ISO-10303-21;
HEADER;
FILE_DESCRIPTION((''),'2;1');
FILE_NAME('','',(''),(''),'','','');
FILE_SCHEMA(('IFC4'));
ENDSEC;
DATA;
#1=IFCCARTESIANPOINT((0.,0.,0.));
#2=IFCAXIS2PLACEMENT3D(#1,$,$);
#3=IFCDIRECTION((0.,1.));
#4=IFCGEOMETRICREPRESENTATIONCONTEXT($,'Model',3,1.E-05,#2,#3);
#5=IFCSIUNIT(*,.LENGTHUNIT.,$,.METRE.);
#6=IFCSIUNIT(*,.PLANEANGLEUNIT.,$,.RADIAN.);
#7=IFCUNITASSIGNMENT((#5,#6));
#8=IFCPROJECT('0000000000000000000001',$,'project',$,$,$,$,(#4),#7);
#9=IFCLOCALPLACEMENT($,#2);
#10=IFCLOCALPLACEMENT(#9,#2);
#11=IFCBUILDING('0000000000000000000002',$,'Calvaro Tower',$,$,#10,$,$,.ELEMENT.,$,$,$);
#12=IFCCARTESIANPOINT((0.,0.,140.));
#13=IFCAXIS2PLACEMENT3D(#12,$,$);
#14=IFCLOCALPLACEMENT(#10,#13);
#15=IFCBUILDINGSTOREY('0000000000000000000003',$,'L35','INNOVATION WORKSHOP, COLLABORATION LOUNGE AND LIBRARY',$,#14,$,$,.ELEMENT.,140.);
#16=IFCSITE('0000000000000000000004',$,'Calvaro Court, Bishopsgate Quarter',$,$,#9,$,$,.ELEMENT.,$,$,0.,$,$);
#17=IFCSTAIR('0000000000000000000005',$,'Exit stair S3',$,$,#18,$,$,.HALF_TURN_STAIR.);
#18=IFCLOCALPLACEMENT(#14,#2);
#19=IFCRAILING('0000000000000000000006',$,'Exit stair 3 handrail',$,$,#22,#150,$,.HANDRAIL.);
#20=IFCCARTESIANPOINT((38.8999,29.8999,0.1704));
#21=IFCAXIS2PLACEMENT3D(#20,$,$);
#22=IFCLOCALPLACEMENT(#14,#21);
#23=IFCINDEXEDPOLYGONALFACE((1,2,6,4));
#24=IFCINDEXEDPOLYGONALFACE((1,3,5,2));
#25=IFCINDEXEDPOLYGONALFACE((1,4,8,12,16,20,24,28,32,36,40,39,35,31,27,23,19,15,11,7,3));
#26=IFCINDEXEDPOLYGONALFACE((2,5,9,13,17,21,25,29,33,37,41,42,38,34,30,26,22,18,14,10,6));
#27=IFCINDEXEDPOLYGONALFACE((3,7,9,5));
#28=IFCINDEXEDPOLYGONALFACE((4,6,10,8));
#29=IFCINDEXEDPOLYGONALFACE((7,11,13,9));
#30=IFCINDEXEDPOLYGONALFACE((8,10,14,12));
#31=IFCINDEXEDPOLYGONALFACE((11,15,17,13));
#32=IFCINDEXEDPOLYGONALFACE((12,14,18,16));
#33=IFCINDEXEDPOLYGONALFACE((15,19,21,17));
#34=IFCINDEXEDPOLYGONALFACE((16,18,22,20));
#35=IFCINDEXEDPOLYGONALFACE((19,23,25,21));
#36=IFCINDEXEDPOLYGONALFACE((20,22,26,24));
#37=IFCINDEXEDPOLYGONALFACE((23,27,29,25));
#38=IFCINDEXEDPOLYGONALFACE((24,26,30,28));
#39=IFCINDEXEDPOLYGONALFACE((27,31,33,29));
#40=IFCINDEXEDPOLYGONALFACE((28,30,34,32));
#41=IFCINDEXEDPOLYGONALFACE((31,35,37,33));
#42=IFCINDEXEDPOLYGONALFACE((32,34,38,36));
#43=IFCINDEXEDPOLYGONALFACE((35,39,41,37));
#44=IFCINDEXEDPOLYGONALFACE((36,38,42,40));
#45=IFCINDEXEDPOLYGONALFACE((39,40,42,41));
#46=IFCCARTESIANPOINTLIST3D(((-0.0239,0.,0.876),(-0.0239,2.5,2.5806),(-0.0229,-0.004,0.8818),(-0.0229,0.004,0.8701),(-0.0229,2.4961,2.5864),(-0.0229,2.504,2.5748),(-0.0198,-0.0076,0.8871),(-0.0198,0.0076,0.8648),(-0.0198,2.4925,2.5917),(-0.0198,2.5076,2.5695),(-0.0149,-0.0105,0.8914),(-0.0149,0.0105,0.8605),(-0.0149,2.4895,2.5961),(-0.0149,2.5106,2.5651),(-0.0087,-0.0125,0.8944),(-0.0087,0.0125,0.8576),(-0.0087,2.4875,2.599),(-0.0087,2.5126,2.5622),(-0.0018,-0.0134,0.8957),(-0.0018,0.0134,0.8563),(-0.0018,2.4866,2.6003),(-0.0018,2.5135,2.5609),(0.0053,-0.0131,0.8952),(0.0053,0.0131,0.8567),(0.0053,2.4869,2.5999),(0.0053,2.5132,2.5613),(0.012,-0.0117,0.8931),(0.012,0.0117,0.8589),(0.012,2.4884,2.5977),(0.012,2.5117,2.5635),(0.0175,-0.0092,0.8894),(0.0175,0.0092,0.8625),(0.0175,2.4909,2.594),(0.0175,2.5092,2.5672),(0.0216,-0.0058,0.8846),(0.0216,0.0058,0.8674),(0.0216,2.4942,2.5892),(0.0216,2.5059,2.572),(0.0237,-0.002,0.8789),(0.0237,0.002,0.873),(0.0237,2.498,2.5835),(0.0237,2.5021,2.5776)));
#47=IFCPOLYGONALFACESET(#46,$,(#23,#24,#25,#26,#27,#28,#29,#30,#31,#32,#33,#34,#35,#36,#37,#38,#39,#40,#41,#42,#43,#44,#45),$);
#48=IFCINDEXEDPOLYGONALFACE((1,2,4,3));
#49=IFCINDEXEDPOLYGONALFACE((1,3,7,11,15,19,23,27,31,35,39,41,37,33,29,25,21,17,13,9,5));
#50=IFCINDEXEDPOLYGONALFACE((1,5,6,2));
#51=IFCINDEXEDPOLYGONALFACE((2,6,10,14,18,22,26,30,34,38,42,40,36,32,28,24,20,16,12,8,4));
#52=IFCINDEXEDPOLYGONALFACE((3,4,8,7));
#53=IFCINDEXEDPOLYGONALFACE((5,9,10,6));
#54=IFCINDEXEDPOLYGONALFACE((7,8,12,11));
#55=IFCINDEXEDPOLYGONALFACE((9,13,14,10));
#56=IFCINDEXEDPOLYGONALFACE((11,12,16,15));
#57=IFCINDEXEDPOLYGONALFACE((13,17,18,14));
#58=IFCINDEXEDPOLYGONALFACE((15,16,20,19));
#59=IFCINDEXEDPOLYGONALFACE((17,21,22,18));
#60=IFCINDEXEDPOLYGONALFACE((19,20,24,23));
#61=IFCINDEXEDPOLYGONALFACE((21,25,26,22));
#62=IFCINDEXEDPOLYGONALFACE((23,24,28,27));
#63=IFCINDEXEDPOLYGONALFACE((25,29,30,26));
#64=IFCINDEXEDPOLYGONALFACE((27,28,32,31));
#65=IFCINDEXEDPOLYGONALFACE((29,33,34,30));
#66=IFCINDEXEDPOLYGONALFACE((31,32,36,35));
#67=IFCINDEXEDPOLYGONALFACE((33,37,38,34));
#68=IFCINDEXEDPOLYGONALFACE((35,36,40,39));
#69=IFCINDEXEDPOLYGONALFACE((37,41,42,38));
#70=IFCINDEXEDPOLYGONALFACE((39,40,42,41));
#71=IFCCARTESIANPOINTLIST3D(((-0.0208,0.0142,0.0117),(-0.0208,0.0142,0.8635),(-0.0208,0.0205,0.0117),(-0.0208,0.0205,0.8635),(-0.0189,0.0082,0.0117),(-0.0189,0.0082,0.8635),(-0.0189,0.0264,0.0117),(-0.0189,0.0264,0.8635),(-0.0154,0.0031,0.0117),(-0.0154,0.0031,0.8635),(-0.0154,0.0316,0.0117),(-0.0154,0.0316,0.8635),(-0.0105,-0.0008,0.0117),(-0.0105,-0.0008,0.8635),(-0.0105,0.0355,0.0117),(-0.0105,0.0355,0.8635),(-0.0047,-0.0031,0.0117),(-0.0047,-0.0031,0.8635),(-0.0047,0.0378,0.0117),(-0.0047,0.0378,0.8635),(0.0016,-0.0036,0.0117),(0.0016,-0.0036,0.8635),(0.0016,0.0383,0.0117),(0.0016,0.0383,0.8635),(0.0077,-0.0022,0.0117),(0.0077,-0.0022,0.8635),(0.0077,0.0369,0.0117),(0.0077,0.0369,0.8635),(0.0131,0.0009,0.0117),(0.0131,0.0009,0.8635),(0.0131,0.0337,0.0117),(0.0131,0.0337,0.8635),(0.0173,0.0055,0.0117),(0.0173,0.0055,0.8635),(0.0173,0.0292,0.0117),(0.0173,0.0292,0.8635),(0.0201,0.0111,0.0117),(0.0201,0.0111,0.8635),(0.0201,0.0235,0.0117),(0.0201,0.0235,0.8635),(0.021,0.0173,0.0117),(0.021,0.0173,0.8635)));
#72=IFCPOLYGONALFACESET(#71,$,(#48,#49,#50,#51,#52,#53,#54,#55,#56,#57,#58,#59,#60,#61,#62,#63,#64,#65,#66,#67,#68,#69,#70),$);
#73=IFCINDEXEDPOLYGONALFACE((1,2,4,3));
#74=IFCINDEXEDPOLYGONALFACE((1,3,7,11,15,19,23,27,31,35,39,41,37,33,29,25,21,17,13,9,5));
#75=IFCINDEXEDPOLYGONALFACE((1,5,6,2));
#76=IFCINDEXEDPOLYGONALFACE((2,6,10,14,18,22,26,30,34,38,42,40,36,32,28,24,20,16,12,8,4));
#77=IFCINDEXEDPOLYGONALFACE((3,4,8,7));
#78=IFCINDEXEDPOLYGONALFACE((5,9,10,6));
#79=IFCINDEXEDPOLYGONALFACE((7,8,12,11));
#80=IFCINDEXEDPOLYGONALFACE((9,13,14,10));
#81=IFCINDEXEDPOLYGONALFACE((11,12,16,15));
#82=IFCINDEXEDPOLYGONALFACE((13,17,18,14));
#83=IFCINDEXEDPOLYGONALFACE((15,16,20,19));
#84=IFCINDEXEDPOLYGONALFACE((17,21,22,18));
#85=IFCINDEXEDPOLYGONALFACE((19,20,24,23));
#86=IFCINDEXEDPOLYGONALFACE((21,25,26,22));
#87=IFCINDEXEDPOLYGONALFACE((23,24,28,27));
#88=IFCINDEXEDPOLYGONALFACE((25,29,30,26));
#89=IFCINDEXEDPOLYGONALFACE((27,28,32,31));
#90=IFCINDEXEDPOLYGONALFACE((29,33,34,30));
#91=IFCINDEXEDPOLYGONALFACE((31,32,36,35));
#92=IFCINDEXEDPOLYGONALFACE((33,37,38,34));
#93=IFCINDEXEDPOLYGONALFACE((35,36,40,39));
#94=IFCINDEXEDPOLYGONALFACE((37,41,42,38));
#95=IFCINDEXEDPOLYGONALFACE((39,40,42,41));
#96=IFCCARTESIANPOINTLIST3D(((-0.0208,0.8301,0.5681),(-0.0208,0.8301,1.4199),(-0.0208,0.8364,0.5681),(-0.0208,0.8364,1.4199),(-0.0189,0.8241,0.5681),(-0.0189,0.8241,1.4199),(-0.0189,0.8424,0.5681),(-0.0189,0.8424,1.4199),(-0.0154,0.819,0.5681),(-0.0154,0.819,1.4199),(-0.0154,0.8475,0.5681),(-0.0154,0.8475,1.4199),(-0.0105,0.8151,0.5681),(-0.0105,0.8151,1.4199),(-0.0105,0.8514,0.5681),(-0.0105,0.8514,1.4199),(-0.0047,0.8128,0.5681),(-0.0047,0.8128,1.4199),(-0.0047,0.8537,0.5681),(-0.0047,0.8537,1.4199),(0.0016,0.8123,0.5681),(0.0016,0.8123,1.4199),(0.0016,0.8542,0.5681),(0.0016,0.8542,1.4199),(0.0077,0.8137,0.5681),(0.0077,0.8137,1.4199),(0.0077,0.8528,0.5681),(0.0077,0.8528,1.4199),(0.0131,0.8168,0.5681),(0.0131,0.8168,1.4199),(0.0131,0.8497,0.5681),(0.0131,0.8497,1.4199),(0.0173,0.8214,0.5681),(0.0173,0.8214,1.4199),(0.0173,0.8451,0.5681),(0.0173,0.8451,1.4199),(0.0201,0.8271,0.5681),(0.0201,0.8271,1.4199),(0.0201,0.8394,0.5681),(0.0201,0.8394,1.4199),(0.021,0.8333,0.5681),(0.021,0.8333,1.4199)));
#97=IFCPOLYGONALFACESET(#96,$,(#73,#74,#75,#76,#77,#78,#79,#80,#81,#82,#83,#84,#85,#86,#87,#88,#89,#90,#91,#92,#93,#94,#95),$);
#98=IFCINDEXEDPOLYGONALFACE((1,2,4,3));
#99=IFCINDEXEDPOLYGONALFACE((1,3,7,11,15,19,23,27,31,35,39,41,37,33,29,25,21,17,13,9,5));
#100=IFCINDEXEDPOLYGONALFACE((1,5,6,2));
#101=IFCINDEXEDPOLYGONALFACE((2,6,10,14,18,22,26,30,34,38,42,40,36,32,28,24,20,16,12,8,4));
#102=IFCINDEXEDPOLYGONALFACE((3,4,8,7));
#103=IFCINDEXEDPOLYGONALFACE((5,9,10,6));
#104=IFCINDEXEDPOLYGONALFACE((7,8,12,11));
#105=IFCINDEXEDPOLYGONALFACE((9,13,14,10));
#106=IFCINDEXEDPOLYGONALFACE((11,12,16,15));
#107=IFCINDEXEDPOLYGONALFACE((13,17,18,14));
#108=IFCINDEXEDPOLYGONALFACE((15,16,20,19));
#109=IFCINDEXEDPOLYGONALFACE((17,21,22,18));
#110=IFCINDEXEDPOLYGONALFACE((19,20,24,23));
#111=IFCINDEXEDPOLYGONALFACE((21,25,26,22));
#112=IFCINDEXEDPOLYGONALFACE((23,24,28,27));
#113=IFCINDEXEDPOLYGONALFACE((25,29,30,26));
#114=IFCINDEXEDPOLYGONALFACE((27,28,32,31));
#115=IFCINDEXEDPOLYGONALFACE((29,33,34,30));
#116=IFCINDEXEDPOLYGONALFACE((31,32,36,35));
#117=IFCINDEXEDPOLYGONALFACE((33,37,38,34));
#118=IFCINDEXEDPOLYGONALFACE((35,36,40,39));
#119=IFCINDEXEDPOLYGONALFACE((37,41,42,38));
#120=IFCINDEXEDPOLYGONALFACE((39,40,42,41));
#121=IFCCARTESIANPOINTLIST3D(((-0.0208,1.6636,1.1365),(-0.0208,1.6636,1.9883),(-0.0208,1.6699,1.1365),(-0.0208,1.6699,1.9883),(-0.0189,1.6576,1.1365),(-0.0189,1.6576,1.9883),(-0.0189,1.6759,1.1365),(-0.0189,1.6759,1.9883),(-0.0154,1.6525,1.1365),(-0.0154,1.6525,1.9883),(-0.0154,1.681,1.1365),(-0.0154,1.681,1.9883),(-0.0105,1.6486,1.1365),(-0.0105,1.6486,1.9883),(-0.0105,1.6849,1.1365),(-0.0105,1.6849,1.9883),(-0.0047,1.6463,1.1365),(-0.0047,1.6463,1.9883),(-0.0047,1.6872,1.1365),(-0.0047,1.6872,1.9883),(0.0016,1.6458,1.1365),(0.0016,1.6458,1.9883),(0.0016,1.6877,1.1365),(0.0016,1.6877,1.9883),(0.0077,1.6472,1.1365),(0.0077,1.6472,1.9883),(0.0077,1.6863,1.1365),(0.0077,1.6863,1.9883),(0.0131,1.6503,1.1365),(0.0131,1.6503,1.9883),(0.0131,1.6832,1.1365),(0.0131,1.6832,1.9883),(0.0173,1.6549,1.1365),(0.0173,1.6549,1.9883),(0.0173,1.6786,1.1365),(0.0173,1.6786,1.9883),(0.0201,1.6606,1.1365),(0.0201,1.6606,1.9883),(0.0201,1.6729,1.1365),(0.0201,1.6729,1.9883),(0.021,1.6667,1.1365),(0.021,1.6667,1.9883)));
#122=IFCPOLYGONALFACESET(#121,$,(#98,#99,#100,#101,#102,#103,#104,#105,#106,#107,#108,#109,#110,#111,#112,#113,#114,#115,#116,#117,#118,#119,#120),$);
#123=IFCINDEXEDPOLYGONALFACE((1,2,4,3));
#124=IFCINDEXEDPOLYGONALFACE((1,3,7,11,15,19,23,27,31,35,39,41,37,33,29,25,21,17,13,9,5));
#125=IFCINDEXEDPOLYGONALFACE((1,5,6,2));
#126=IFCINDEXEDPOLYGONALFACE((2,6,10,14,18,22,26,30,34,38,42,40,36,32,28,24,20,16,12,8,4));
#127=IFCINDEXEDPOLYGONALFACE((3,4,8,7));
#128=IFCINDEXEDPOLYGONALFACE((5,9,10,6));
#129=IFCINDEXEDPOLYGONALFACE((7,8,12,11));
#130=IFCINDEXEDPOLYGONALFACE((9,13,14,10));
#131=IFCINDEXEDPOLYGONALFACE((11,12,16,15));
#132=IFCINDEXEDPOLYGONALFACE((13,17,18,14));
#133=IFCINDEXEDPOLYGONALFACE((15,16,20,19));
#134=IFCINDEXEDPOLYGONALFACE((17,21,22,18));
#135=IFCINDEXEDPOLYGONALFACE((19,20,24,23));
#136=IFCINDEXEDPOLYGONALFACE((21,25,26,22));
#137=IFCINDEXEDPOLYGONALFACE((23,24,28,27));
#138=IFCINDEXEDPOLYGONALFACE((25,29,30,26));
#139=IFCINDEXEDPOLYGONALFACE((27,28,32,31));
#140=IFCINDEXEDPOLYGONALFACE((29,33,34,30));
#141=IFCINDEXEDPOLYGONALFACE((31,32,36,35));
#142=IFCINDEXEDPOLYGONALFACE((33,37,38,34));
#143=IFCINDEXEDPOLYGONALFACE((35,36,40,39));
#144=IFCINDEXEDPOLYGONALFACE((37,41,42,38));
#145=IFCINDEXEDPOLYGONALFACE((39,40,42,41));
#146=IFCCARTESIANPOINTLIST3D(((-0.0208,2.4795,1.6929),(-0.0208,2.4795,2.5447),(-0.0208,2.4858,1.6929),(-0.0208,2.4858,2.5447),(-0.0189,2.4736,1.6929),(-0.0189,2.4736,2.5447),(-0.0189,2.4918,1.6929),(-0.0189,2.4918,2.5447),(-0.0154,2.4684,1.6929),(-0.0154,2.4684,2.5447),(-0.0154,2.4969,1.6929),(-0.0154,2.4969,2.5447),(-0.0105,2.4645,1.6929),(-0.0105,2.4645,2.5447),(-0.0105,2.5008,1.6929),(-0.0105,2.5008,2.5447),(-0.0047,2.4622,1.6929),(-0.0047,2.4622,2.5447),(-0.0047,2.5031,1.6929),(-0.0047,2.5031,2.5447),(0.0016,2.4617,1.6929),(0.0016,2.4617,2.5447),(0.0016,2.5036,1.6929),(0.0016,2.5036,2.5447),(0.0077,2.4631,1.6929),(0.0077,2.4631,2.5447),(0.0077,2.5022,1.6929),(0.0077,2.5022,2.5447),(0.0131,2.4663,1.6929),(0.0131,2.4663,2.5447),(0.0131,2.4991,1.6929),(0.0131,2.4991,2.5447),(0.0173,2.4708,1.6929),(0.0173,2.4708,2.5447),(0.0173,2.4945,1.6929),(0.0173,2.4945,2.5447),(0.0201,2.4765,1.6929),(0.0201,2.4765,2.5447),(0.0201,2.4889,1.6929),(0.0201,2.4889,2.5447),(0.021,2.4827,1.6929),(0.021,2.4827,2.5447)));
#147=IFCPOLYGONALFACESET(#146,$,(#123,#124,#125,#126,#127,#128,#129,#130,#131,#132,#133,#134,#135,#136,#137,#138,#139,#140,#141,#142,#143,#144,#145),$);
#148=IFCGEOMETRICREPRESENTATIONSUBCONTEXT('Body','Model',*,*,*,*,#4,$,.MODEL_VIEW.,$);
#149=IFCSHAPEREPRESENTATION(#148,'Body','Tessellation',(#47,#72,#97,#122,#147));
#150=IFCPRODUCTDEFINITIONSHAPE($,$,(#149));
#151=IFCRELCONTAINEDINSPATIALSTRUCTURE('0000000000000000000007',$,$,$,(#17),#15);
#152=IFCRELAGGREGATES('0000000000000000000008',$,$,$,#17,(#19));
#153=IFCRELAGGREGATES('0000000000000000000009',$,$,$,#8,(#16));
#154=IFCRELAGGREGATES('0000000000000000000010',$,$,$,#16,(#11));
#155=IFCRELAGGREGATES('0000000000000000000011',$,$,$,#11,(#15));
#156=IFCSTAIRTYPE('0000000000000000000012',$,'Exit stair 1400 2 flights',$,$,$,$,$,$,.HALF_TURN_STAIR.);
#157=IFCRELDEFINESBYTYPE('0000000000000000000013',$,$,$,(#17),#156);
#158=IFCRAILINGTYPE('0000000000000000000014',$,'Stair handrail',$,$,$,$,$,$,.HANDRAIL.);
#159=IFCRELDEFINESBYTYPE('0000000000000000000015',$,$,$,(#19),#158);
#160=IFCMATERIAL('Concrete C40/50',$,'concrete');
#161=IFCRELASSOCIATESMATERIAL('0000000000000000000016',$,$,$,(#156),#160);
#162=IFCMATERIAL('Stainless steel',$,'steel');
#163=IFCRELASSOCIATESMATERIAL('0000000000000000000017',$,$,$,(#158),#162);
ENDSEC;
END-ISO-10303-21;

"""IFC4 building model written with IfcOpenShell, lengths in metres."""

from ifc_helpers import new_model, si_unit, direction, frame, origin, origin_2d, place, context, subcontext, project, spatial, circle, extrude, material, type_object, element, aggregate, save


model = new_model("IFC4")

# Units and contexts
model_context = context("Model", 3, precision=1e-05, world=origin(), true_north=direction((0.0, 1.0)))
body_context = subcontext(model_context, "Body", "Model", "MODEL_VIEW")
ifc_project = project(units=[si_unit("LENGTHUNIT", "METRE"), si_unit("PLANEANGLEUNIT", "RADIAN")], contexts=[model_context])

# Site, building, storey
site_placement = place(None, origin())
site = spatial("IfcSite", under=ifc_project, at=site_placement, Name="Calvaro Court, Bishopsgate Quarter", CompositionType="ELEMENT", RefElevation=0.0)
building_placement = place(site_placement, origin())
building = spatial("IfcBuilding", under=site, at=building_placement, Name="Calvaro Tower", CompositionType="ELEMENT")
storey_placement = place(building_placement, frame((0.0, 0.0, 140.0)))
storey = spatial("IfcBuildingStorey", under=building, at=storey_placement, Name="L35", Description="INNOVATION WORKSHOP, COLLABORATION LOUNGE AND LIBRARY", CompositionType="ELEMENT", Elevation=140.0)

# Stair
ifc_material_1 = material(Name="Concrete C40/50", Category="concrete")
stair_type = type_object("IfcStairType", Name="Exit stair 1400 2 flights", PredefinedType="HALF_TURN_STAIR", material=ifc_material_1)
stair_1_placement = place(storey_placement, origin())
stair_1 = element("IfcStair", 1, at=stair_1_placement, inside=storey, type_object=stair_type, Name="Exit stair S3", PredefinedType="HALF_TURN_STAIR")

# Railing
ifc_material_2 = material(Name="Stainless steel", Category="steel")
railing_type = type_object("IfcRailingType", Name="Stair handrail", PredefinedType="HANDRAIL", material=ifc_material_2)
railing_1_placement = place(storey_placement, frame((38.8999, 29.8999, 0.1704)))
railing_1 = element("IfcRailing", 2, at=railing_1_placement, type_object=railing_type, Name="Exit stair 3 handrail", PredefinedType="HANDRAIL", context=body_context, shape_type="SweptSolid", body=[
    extrude(circle(Radius=0.0239, at=origin_2d()), frame((0.0, 0.0, 0.876), z_axis=(0.0, 0.826221, 0.563347), x_axis=(-1.0, 0.0, 0.0)), (0.0, 0.0, 1.0), 3.0259),
    extrude(circle(Radius=0.021, at=origin_2d()), frame((0.0, 0.0173, 0.0117)), (0.0, 0.0, 1.0), 0.8518),
    extrude(circle(Radius=0.021, at=origin_2d()), frame((0.0, 0.8333, 0.5681)), (0.0, 0.0, 1.0), 0.8518),
    extrude(circle(Radius=0.021, at=origin_2d()), frame((0.0, 1.6667, 1.1365)), (0.0, 0.0, 1.0), 0.8518),
    extrude(circle(Radius=0.021, at=origin_2d()), frame((0.0, 2.4827, 1.6929)), (0.0, 0.0, 1.0), 0.8518),
])
aggregate(stair_1, [railing_1])

save(model, "model.ifc")
